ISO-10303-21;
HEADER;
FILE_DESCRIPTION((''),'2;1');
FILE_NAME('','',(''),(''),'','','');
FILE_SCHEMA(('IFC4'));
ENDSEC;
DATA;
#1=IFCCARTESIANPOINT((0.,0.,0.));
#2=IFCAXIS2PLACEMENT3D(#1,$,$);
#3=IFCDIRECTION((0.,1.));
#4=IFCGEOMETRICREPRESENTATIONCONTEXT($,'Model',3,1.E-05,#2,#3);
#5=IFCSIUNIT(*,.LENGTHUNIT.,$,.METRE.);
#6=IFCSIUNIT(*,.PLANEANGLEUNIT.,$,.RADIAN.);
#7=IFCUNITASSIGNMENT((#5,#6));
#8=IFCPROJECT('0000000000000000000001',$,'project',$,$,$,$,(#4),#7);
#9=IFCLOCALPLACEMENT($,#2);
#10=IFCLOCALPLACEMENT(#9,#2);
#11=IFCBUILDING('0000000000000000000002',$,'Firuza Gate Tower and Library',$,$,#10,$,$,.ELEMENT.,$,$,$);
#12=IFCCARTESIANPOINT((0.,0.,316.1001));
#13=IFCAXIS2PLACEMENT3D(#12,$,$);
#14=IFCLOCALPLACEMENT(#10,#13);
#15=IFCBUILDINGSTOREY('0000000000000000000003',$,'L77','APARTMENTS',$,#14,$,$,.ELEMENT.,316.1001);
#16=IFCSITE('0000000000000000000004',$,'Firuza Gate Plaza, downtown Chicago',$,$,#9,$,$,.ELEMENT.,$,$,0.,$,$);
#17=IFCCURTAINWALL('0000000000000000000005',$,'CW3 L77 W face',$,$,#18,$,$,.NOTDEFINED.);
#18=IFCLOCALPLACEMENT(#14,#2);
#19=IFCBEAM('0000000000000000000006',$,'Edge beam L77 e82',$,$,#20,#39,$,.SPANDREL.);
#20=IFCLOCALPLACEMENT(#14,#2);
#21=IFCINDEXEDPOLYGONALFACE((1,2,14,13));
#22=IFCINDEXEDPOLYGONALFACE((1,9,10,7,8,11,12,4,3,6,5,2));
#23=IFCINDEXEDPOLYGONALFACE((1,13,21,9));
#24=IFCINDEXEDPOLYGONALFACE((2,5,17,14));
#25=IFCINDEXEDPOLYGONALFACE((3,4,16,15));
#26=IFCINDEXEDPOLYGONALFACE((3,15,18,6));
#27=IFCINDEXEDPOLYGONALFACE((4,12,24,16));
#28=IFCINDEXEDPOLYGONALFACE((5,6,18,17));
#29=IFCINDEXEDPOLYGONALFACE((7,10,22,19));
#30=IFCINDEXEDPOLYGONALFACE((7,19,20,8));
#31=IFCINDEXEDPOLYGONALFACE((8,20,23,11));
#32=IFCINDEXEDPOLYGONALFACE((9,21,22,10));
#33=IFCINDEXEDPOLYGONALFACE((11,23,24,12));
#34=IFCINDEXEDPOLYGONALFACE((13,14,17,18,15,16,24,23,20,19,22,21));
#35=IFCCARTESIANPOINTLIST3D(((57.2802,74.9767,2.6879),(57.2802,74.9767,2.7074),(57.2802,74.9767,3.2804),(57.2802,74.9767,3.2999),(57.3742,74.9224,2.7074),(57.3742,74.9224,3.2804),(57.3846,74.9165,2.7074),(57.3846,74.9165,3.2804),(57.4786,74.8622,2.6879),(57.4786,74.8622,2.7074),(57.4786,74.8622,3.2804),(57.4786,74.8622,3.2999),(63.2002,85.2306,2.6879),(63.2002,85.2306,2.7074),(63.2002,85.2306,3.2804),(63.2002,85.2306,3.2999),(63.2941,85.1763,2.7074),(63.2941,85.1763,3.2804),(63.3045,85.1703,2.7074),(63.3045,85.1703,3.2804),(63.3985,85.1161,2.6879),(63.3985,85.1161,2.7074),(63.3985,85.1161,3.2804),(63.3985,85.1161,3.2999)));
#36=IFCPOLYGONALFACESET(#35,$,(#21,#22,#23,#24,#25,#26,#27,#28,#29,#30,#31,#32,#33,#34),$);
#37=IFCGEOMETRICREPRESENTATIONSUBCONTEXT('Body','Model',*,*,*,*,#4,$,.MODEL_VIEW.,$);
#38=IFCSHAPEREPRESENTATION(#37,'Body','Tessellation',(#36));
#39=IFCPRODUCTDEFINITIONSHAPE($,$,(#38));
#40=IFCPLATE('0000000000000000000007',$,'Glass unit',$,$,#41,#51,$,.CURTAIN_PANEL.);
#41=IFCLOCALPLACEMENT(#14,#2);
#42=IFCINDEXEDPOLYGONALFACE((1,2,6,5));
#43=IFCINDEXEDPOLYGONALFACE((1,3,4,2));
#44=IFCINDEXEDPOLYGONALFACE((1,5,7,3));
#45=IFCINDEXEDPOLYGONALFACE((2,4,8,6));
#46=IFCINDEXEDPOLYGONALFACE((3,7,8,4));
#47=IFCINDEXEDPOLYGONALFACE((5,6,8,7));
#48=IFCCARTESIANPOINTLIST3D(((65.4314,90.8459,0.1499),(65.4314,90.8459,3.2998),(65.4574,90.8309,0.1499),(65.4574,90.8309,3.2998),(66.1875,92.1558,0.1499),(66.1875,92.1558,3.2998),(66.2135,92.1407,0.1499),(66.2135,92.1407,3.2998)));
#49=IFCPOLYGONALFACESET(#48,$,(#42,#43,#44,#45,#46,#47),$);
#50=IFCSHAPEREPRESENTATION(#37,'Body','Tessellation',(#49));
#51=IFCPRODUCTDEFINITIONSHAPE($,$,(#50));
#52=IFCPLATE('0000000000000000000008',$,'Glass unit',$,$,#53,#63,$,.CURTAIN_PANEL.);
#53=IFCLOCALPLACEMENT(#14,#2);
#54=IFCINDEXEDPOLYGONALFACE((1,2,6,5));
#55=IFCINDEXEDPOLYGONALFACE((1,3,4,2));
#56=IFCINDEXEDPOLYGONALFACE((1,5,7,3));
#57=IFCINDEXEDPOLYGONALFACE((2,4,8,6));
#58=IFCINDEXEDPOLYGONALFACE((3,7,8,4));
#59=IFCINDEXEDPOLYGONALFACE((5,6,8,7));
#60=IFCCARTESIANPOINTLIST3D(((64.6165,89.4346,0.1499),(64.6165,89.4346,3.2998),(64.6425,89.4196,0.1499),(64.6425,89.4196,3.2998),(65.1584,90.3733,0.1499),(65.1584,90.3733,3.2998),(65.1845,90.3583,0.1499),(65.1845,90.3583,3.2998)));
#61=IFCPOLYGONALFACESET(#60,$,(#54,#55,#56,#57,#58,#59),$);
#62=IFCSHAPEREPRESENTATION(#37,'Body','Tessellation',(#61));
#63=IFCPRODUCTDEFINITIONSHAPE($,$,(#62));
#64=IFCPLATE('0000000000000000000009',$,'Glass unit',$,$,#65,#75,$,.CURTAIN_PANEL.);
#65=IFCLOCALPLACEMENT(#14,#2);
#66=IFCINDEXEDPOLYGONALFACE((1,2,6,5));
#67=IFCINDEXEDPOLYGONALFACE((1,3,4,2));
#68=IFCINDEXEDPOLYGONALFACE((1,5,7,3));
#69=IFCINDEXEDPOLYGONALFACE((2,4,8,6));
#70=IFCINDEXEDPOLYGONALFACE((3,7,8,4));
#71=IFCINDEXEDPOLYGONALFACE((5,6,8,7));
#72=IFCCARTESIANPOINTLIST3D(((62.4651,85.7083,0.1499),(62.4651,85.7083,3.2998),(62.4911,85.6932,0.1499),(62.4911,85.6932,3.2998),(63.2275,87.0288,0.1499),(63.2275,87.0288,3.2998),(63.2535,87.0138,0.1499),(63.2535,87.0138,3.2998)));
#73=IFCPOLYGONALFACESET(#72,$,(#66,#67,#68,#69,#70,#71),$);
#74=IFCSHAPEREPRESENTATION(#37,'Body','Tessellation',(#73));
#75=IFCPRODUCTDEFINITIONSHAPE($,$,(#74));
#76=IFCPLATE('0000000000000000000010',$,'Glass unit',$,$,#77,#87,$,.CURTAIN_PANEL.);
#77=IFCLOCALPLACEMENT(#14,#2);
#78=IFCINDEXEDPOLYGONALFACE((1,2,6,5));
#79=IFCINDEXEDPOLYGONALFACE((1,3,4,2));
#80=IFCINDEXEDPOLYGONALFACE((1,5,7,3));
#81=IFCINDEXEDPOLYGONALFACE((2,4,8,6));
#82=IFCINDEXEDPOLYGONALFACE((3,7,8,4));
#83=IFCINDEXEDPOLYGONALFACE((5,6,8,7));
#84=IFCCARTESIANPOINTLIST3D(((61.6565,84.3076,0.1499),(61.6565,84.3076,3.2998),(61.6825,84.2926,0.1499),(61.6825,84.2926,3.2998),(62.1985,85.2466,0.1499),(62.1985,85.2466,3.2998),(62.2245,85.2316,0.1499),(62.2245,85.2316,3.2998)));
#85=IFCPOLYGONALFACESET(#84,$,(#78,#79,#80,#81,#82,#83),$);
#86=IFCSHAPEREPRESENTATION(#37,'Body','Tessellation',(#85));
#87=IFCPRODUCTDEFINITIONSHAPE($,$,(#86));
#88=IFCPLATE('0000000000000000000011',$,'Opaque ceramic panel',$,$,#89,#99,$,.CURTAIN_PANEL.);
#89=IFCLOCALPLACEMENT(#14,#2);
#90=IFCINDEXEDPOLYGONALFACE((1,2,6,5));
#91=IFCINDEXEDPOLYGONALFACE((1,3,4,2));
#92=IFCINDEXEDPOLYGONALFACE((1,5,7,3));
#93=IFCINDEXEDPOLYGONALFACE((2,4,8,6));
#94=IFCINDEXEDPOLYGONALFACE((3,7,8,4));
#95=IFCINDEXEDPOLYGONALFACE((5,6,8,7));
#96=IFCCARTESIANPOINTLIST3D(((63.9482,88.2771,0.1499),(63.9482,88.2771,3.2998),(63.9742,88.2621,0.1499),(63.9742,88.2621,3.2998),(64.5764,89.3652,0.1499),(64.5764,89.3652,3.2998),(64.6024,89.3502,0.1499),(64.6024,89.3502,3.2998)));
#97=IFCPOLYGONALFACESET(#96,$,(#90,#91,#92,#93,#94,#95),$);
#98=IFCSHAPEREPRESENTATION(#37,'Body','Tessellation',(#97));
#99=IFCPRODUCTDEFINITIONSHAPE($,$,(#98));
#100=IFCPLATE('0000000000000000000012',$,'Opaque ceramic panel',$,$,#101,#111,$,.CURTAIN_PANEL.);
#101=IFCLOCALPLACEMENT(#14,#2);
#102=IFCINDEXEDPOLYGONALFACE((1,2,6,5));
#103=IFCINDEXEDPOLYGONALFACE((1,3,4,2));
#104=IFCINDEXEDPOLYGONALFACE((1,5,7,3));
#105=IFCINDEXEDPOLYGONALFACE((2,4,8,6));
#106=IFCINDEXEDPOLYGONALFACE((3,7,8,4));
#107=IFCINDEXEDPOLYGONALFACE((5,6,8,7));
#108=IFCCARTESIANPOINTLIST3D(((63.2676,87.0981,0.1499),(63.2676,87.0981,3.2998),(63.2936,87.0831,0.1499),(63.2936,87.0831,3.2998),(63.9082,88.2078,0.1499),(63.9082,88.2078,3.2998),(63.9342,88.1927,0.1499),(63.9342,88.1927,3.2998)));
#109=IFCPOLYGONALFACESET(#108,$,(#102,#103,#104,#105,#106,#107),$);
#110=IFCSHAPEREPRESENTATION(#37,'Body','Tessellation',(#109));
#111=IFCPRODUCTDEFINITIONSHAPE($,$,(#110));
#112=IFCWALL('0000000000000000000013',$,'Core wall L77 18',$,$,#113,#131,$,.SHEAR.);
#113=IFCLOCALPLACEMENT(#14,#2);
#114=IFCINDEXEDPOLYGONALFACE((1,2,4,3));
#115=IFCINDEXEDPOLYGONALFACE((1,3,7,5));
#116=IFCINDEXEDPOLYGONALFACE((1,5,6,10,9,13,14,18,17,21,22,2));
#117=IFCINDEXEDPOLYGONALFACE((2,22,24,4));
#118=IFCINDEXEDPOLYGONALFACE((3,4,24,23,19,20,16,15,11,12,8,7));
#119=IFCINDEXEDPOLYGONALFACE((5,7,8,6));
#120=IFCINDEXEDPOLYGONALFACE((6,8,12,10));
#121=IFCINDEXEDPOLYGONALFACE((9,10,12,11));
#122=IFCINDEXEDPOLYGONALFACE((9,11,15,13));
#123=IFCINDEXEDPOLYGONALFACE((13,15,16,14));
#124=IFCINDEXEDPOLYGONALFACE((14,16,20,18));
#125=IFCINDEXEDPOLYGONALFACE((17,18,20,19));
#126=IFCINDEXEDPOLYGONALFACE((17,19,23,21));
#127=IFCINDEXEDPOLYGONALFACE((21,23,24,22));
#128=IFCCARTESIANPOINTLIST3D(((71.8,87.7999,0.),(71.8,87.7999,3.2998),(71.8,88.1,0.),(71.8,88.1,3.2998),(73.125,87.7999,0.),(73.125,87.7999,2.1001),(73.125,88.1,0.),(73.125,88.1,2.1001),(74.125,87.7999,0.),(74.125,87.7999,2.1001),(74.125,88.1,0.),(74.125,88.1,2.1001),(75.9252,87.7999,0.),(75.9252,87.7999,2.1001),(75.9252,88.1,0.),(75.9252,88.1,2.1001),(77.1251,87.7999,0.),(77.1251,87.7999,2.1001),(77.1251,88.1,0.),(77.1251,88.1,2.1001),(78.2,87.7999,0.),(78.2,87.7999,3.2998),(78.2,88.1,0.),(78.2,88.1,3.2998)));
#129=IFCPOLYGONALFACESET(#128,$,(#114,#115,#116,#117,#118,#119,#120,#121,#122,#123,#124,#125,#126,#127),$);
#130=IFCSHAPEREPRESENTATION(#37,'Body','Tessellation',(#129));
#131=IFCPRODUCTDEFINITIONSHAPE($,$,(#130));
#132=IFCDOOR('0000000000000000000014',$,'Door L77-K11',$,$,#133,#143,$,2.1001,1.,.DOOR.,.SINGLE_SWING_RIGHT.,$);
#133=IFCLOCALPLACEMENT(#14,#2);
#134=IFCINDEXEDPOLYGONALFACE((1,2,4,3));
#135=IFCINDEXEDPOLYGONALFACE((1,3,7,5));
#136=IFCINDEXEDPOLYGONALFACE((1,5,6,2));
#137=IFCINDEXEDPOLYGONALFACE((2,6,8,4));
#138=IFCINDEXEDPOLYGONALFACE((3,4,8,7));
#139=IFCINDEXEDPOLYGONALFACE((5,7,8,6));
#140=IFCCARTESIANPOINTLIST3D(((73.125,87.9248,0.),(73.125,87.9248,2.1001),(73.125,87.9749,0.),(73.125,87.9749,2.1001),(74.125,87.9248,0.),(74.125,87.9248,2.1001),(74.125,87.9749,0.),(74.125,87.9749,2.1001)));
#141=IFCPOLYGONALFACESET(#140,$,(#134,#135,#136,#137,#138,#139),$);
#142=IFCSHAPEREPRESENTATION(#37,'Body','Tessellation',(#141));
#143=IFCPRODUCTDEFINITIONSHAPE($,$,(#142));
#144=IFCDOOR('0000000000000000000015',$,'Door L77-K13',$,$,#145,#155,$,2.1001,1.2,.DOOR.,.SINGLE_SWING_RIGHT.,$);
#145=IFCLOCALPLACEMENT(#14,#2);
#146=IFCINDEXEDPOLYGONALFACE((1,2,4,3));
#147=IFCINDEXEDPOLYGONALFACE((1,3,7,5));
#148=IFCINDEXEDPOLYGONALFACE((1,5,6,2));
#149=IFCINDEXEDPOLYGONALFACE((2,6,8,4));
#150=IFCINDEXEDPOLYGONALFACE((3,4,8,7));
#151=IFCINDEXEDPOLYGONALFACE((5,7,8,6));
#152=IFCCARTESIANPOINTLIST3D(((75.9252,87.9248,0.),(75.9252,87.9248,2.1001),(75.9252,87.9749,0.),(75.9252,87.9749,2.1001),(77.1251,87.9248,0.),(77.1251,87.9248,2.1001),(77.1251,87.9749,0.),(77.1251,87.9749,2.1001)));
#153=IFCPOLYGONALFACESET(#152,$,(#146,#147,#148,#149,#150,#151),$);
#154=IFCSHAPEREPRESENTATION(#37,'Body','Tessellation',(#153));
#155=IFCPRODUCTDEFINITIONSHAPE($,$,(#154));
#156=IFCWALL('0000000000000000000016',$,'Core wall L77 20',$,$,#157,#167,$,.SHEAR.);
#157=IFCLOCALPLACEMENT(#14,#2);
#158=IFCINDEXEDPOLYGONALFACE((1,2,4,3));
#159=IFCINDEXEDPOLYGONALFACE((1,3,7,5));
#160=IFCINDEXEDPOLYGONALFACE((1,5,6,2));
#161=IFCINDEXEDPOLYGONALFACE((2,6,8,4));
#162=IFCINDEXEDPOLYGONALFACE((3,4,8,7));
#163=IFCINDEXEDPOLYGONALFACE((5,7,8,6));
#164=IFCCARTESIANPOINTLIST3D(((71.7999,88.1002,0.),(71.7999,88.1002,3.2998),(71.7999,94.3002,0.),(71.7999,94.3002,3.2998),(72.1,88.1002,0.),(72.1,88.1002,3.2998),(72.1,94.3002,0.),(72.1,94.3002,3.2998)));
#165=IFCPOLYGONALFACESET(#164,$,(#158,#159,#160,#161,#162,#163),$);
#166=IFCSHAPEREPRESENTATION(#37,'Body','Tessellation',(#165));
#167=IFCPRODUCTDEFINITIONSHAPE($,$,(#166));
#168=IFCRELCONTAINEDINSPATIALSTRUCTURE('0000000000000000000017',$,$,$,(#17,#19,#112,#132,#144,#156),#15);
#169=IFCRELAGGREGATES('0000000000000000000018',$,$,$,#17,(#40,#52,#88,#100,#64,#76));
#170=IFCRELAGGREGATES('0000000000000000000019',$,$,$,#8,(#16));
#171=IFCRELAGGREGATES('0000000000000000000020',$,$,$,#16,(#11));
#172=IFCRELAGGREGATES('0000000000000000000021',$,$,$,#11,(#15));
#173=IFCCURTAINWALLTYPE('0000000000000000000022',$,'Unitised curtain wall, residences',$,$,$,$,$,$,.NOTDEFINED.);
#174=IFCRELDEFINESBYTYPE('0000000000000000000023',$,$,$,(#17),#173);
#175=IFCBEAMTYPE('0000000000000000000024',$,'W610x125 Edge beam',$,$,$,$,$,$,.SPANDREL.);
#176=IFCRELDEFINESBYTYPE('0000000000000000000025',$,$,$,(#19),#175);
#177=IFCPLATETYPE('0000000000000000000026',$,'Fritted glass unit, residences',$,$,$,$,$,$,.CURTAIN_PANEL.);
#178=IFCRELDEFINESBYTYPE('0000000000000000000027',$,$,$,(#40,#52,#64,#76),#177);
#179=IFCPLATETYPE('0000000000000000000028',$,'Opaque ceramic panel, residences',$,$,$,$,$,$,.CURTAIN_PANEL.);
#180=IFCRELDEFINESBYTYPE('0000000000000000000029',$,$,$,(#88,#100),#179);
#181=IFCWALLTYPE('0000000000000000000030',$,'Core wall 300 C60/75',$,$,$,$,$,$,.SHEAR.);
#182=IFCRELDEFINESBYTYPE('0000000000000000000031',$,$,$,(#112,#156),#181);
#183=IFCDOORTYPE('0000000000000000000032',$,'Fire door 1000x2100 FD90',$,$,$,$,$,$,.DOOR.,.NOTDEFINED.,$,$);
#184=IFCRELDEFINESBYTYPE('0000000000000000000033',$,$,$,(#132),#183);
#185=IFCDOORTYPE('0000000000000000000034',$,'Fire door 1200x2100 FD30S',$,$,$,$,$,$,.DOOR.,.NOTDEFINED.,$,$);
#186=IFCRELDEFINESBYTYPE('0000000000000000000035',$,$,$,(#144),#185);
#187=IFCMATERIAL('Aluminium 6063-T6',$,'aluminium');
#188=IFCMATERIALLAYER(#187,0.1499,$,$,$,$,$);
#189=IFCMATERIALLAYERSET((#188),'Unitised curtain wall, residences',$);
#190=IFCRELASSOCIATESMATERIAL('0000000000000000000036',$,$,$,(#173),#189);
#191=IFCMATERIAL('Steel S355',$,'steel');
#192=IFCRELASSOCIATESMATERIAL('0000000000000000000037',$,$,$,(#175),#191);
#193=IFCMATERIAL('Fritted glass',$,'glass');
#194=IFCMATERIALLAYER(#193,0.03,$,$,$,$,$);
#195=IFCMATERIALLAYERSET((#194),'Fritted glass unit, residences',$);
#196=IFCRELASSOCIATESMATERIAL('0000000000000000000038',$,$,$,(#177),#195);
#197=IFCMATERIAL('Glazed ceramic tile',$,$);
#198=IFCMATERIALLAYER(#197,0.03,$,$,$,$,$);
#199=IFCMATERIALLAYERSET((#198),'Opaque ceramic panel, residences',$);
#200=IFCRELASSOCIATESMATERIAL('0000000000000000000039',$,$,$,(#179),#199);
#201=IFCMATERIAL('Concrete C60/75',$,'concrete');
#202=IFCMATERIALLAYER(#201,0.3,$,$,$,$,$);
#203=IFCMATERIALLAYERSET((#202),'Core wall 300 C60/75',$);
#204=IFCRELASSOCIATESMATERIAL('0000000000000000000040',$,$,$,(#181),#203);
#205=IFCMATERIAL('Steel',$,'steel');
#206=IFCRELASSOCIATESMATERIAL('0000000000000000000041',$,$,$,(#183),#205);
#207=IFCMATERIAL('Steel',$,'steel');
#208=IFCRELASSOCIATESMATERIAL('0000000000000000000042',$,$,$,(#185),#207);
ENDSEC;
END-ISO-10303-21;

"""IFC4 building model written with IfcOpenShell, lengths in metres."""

from ifc_helpers import new_model, si_unit, direction, frame, frame_2d, origin, origin_2d, place, context, subcontext, project, spatial, polyline, rectangle, i_section, outline, extrude, material, layer, layer_set, material_profile, profile_set, type_object, element, fill, aggregate, save


model = new_model("IFC4")

# Units and contexts
model_context = context("Model", 3, precision=1e-05, world=origin(), true_north=direction((0.0, 1.0)))
body_context = subcontext(model_context, "Body", "Model", "MODEL_VIEW")
ifc_project = project(units=[si_unit("LENGTHUNIT", "METRE"), si_unit("PLANEANGLEUNIT", "RADIAN")], contexts=[model_context])

# Site, building, storey
site_placement = place(None, origin())
site = spatial("IfcSite", under=ifc_project, at=site_placement, Name="Firuza Gate Plaza, downtown Chicago", CompositionType="ELEMENT", RefElevation=0.0)
building_placement = place(site_placement, origin())
building = spatial("IfcBuilding", under=site, at=building_placement, Name="Firuza Gate Tower and Library", CompositionType="ELEMENT")
storey_placement = place(building_placement, frame((0.0, 0.0, 316.1001)))
storey = spatial("IfcBuildingStorey", under=building, at=storey_placement, Name="L77", Description="APARTMENTS", CompositionType="ELEMENT", Elevation=316.1001)

# Curtain wall
ifc_material_1 = material(Name="Aluminium 6063-T6", Category="aluminium")
ifc_layer_1 = layer(ifc_material_1, 0.1499)
ifc_layer_set_1 = layer_set([ifc_layer_1], Name="Unitised curtain wall, residences")
curtain_wall_type = type_object("IfcCurtainWallType", Name="Unitised curtain wall, residences", PredefinedType="NOTDEFINED", material=ifc_layer_set_1)
placement = place(storey_placement, origin())
curtain_wall = element("IfcCurtainWall", 1, at=placement, inside=storey, type_object=curtain_wall_type, Name="CW3 L77 W face", PredefinedType="NOTDEFINED")

# Beam
ifc_material_2 = material(Name="Steel S355", Category="steel")
ifc_material_profile_1 = material_profile(ifc_material_2, i_section(OverallWidth=0.229, OverallDepth=0.6121, WebThickness=0.012, FlangeThickness=0.0195, at=origin_2d()))
ifc_profile_set_1 = profile_set([ifc_material_profile_1], Name="Steel S355")
beam_type_1 = type_object("IfcBeamType", Name="W610x125 Edge beam", PredefinedType="SPANDREL", material=ifc_profile_set_1)
beam_1_placement = place(storey_placement, frame((63.2993, 85.1733, 2.9939), z_axis=(-0.499989, -0.866032, 0.0), x_axis=(0.866032, -0.499989, 0.0)))
element("IfcBeam", 2, at=beam_1_placement, inside=storey, type_object=beam_type_1, Name="Edge beam L77 e82", PredefinedType="SPANDREL", context=body_context, shape_type="SweptSolid", body=[
    extrude(i_section(OverallWidth=0.229, OverallDepth=0.6121, WebThickness=0.012, FlangeThickness=0.0195, at=origin_2d()), origin(), (0.0, 0.0, 1.0), 11.8401),
])

# Plates
ifc_material_3 = material(Name="Fritted glass", Category="glass")
ifc_layer_2 = layer(ifc_material_3, 0.03)
ifc_layer_set_2 = layer_set([ifc_layer_2], Name="Fritted glass unit, residences")
plate_type_1 = type_object("IfcPlateType", Name="Fritted glass unit, residences", PredefinedType="CURTAIN_PANEL", material=ifc_layer_set_2)
plate_1_placement = place(storey_placement, frame((66.1875, 92.1558, 0.1499), z_axis=(-0.866059, 0.499941, 0.0), x_axis=(-0.499941, -0.866059, 0.0)))
plate_1 = element("IfcPlate", 3, at=plate_1_placement, type_object=plate_type_1, Name="Glass unit", PredefinedType="CURTAIN_PANEL", context=body_context, shape_type="SweptSolid", body=[
    extrude(outline(polyline([(0.0, 0.0), (1.5124, 0.0), (1.5124, 3.1499), (0.0, 3.1499), (0.0, 0.0)])), origin(), (0.0, 0.0, -1.0), 0.03),
])
plate_2_placement = place(storey_placement, frame((65.1584, 90.3733, 0.1499), z_axis=(-0.866017, 0.500015, 0.0), x_axis=(-0.500015, -0.866017, 0.0)))
plate_2 = element("IfcPlate", 4, at=plate_2_placement, type_object=plate_type_1, Name="Glass unit", PredefinedType="CURTAIN_PANEL", context=body_context, shape_type="SweptSolid", body=[
    extrude(outline(polyline([(0.0, 0.0), (1.084, 0.0), (1.084, 3.1499), (0.0, 3.1499), (0.0, 0.0)])), origin(), (0.0, 0.0, -1.0), 0.03),
])
plate_3_placement = place(storey_placement, frame((63.2275, 87.0288, 0.1499), z_axis=(-0.866018, 0.500013, 0.0), x_axis=(-0.500013, -0.866018, 0.0)))
plate_3 = element("IfcPlate", 5, at=plate_3_placement, type_object=plate_type_1, Name="Glass unit", PredefinedType="CURTAIN_PANEL", context=body_context, shape_type="SweptSolid", body=[
    extrude(outline(polyline([(0.0, 0.0), (1.5249, 0.0), (1.5249, 3.1499), (0.0, 3.1499), (0.0, 0.0)])), origin(), (0.0, 0.0, -1.0), 0.03),
])
plate_4_placement = place(storey_placement, frame((62.1985, 85.2466, 0.1499), z_axis=(-0.866073, 0.499917, 0.0), x_axis=(-0.499917, -0.866073, 0.0)))
plate_4 = element("IfcPlate", 6, at=plate_4_placement, type_object=plate_type_1, Name="Glass unit", PredefinedType="CURTAIN_PANEL", context=body_context, shape_type="SweptSolid", body=[
    extrude(outline(polyline([(0.0, 0.0), (1.0842, 0.0), (1.0842, 3.1499), (0.0, 3.1499), (0.0, 0.0)])), origin(), (0.0, 0.0, -1.0), 0.03),
])
ifc_material_4 = material(Name="Glazed ceramic tile")
ifc_layer_3 = layer(ifc_material_4, 0.03)
ifc_layer_set_3 = layer_set([ifc_layer_3], Name="Opaque ceramic panel, residences")
plate_type_2 = type_object("IfcPlateType", Name="Opaque ceramic panel, residences", PredefinedType="CURTAIN_PANEL", material=ifc_layer_set_3)
plate_5_placement = place(storey_placement, frame((64.5764, 89.3652, 0.1499), z_axis=(-0.866046, 0.499964, 0.0), x_axis=(-0.499964, -0.866046, 0.0)))
plate_5 = element("IfcPlate", 7, at=plate_5_placement, type_object=plate_type_2, Name="Opaque ceramic panel", PredefinedType="CURTAIN_PANEL", context=body_context, shape_type="SweptSolid", body=[
    extrude(outline(polyline([(0.0, 0.0), (1.2564, 0.0), (1.2564, 3.1499), (0.0, 3.1499), (0.0, 0.0)])), origin(), (0.0, 0.0, -1.0), 0.03),
])
plate_6_placement = place(storey_placement, frame((63.9082, 88.2078, 0.1499), z_axis=(-0.86603, 0.499992, 0.0), x_axis=(-0.499992, -0.86603, 0.0)))
plate_6 = element("IfcPlate", 8, at=plate_6_placement, type_object=plate_type_2, Name="Opaque ceramic panel", PredefinedType="CURTAIN_PANEL", context=body_context, shape_type="SweptSolid", body=[
    extrude(outline(polyline([(0.0, 0.0), (1.2813, 0.0), (1.2813, 3.1499), (0.0, 3.1499), (0.0, 0.0)])), origin(), (0.0, 0.0, -1.0), 0.03),
])
aggregate(curtain_wall, [plate_1, plate_2, plate_5, plate_6, plate_3, plate_4])

# Wall, openings, doors
ifc_material_5 = material(Name="Concrete C60/75", Category="concrete")
ifc_layer_4 = layer(ifc_material_5, 0.3)
ifc_layer_set_4 = layer_set([ifc_layer_4], Name="Core wall 300 C60/75")
wall_type_1 = type_object("IfcWallType", Name="Core wall 300 C60/75", PredefinedType="SHEAR", material=ifc_layer_set_4)
wall_1_placement = place(storey_placement, frame((71.8, 87.95, 0.0), z_axis=(0.0, 0.0, 1.0), x_axis=(1.0, 0.0, 0.0)))
wall_1 = element("IfcWall", 9, at=wall_1_placement, inside=storey, type_object=wall_type_1, Name="Core wall L77 18", PredefinedType="SHEAR", context=body_context, shape_type="SweptSolid", body=[
    extrude(rectangle(XDim=6.3999, YDim=0.3, at=frame_2d((3.2, 0.0))), origin(), (0.0, 0.0, 1.0), 3.2998),
])
opening_1_placement = place(wall_1_placement, frame((1.325, 0.0, 0.0)))
opening_1 = element("IfcOpeningElement", 10, at=opening_1_placement, cuts=wall_1, PredefinedType="OPENING", context=body_context, shape_type="SweptSolid", body=[
    extrude(rectangle(XDim=1.0, YDim=2.1001, at=frame_2d((0.5, 1.05))), frame((0.0, 0.1602, 0.0), z_axis=(0.0, -1.0, 0.0), x_axis=(1.0, 0.0, 0.0)), (0.0, 0.0, 1.0), 0.3201),
])
opening_2_placement = place(wall_1_placement, frame((4.125, 0.0, 0.0)))
opening_2 = element("IfcOpeningElement", 11, at=opening_2_placement, cuts=wall_1, PredefinedType="OPENING", context=body_context, shape_type="SweptSolid", body=[
    extrude(rectangle(XDim=1.2, YDim=2.1001, at=frame_2d((0.6001, 1.05))), frame((0.0, 0.1602, 0.0), z_axis=(0.0, -1.0, 0.0), x_axis=(1.0, 0.0, 0.0)), (0.0, 0.0, 1.0), 0.3201),
])
ifc_material_6 = material(Name="Steel", Category="steel")
door_type_1 = type_object("IfcDoorType", Name="Fire door 1000x2100 FD90", OperationType="NOTDEFINED", PredefinedType="DOOR", material=ifc_material_6)
door_1_placement = place(opening_1_placement, origin())
door_1 = element("IfcDoor", 12, at=door_1_placement, inside=storey, type_object=door_type_1, Name="Door L77-K11", OperationType="SINGLE_SWING_RIGHT", OverallHeight=2.1001, OverallWidth=1.0, PredefinedType="DOOR", context=body_context, shape_type="SweptSolid", body=[
    extrude(rectangle(XDim=1.0, YDim=2.1001, at=frame_2d((0.5, 1.05))), frame((0.0, 0.0249, 0.0), z_axis=(0.0, -1.0, 0.0), x_axis=(1.0, 0.0, 0.0)), (0.0, 0.0, 1.0), 0.05),
])
fill(opening_1, door_1)
ifc_material_7 = material(Name="Steel", Category="steel")
door_type_2 = type_object("IfcDoorType", Name="Fire door 1200x2100 FD30S", OperationType="NOTDEFINED", PredefinedType="DOOR", material=ifc_material_7)
door_2_placement = place(opening_2_placement, origin())
door_2 = element("IfcDoor", 13, at=door_2_placement, inside=storey, type_object=door_type_2, Name="Door L77-K13", OperationType="SINGLE_SWING_RIGHT", OverallHeight=2.1001, OverallWidth=1.2, PredefinedType="DOOR", context=body_context, shape_type="SweptSolid", body=[
    extrude(rectangle(XDim=1.2, YDim=2.1001, at=frame_2d((0.6001, 1.05))), frame((0.0, 0.0249, 0.0), z_axis=(0.0, -1.0, 0.0), x_axis=(1.0, 0.0, 0.0)), (0.0, 0.0, 1.0), 0.05),
])
fill(opening_2, door_2)

# Wall
wall_2_placement = place(storey_placement, frame((71.95, 88.1001, 0.0), z_axis=(0.0, 0.0, 1.0), x_axis=(0.0, 1.0, 0.0)))
element("IfcWall", 14, at=wall_2_placement, inside=storey, type_object=wall_type_1, Name="Core wall L77 20", PredefinedType="SHEAR", context=body_context, shape_type="SweptSolid", body=[
    extrude(rectangle(XDim=6.2, YDim=0.3, at=frame_2d((3.1001, 0.0))), origin(), (0.0, 0.0, 1.0), 3.2998),
])

save(model, "model.ifc")
